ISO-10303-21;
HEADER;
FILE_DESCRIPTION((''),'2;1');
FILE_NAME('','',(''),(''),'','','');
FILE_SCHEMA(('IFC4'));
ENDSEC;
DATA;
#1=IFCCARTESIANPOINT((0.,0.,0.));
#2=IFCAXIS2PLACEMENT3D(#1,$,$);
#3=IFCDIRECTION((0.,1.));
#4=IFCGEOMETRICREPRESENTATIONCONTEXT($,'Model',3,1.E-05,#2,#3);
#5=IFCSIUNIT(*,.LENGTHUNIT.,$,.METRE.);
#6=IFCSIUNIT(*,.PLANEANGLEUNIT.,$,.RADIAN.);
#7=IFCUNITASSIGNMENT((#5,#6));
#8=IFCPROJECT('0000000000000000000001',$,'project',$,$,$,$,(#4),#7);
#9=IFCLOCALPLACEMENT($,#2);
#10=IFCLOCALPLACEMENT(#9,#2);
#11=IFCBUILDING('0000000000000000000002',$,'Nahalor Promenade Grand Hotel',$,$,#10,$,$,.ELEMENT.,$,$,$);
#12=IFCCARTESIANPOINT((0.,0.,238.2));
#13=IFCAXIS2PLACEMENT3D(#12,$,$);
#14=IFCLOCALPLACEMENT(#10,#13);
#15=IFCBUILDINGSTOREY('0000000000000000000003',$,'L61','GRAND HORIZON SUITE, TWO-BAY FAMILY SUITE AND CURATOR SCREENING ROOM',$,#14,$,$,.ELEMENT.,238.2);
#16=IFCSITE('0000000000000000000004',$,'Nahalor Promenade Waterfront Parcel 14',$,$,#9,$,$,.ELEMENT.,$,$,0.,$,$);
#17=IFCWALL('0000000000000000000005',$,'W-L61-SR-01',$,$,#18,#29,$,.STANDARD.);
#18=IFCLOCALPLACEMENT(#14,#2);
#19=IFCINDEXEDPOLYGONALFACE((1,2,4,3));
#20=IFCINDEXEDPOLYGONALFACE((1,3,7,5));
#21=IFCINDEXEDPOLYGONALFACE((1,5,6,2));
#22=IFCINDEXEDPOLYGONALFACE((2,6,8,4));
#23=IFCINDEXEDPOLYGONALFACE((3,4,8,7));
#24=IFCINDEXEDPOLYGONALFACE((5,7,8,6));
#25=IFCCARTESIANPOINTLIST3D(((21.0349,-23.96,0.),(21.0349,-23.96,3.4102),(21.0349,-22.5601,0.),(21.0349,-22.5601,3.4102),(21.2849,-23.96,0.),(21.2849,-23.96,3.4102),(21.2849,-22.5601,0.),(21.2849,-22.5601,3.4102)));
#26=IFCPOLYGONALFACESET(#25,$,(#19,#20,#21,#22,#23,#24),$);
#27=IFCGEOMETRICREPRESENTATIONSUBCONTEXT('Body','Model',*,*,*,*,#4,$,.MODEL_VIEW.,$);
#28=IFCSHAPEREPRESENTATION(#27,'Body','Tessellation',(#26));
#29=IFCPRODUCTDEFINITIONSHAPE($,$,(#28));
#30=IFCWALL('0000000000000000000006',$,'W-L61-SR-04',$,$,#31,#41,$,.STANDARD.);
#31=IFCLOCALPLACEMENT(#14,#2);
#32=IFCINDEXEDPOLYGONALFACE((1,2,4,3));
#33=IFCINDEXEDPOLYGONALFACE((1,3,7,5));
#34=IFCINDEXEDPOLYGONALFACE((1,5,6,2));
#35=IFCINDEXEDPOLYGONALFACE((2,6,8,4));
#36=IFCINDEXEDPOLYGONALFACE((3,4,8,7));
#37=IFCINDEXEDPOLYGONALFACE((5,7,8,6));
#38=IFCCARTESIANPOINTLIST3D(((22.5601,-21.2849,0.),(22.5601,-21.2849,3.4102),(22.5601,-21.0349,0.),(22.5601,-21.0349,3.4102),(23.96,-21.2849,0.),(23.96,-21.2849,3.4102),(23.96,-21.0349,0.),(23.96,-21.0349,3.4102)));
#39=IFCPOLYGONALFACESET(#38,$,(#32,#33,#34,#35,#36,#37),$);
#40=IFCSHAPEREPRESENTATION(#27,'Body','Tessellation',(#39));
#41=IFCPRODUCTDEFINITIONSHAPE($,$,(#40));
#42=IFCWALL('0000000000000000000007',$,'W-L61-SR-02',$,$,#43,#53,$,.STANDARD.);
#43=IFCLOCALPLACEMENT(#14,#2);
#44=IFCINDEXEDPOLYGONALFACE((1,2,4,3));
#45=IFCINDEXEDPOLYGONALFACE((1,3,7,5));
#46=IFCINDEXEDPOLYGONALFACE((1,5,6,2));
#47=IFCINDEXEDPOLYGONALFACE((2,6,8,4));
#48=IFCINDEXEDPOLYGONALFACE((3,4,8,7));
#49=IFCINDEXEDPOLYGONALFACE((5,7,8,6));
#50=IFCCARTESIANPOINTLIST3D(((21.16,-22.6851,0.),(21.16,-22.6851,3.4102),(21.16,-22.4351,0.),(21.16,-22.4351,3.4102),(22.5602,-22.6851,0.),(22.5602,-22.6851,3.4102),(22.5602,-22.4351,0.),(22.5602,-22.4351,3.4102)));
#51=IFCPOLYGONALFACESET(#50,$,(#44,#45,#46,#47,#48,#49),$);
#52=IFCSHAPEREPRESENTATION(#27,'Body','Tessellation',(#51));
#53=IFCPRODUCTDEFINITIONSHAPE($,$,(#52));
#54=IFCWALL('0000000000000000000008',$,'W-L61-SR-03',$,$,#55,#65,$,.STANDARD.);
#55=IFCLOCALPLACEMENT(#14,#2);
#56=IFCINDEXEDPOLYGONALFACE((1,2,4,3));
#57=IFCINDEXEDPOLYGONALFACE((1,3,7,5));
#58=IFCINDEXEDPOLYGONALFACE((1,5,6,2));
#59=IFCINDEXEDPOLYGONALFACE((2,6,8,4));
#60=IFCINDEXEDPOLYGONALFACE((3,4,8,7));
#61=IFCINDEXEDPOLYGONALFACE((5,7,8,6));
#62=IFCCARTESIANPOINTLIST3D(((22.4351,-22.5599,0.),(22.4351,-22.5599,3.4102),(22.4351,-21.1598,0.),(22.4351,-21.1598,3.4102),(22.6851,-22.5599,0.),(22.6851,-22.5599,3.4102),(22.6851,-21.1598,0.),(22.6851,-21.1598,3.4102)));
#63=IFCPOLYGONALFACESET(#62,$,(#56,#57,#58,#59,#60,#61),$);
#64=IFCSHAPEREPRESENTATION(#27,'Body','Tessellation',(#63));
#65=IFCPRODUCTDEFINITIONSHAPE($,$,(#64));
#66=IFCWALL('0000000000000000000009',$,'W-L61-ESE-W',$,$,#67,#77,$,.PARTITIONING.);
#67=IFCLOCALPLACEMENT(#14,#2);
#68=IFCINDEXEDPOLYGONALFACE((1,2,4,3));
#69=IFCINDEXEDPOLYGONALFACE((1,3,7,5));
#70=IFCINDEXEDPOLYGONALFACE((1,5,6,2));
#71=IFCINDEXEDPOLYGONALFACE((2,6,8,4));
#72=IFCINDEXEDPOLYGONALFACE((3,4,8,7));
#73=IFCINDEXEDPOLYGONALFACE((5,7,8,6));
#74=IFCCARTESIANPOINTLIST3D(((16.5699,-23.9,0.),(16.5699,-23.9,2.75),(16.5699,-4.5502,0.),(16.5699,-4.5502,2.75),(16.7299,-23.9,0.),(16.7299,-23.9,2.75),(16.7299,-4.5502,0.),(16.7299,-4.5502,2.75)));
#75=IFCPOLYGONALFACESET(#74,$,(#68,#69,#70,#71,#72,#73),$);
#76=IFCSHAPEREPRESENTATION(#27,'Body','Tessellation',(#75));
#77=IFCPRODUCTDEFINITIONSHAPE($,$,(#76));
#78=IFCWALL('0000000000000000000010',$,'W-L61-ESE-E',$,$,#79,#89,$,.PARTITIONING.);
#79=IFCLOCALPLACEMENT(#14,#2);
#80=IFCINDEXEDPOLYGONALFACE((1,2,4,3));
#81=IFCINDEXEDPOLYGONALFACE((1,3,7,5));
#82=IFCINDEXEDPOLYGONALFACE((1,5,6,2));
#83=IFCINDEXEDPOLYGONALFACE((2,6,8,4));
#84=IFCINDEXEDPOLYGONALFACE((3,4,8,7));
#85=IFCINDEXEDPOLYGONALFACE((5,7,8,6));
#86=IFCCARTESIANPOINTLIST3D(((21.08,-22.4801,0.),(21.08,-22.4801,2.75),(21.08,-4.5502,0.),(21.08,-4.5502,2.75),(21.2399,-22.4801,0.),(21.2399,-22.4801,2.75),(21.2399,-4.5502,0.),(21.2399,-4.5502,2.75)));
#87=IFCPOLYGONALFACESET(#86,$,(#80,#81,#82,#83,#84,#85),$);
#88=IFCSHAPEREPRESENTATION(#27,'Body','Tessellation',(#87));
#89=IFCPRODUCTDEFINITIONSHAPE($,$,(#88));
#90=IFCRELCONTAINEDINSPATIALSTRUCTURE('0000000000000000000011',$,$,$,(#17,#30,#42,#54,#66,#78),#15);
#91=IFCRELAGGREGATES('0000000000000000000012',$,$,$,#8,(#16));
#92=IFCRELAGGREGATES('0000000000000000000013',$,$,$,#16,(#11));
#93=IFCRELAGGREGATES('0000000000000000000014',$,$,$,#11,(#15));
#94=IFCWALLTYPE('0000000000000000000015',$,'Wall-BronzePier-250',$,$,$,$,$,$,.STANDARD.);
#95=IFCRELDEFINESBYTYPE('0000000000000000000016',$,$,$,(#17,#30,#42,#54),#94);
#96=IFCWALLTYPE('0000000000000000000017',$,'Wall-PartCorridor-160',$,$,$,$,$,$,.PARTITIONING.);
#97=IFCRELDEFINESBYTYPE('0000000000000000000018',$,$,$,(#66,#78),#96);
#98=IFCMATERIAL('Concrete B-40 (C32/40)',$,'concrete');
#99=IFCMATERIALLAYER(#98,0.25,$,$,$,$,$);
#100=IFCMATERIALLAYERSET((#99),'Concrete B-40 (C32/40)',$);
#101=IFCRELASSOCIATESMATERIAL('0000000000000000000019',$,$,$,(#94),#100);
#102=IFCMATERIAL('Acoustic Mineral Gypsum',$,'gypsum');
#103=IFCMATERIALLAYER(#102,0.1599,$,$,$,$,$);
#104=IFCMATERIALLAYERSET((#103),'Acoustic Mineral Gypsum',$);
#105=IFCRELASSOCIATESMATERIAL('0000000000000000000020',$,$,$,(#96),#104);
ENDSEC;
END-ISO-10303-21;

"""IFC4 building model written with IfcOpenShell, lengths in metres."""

from ifc_helpers import new_model, si_unit, direction, frame, frame_2d, origin, place, context, subcontext, project, spatial, rectangle, extrude, source, transform, mapped, material, layer, layer_set, type_object, element, save


model = new_model("IFC4")

# Units and contexts
model_context = context("Model", 3, precision=1e-05, world=origin(), true_north=direction((0.0, 1.0)))
body_context = subcontext(model_context, "Body", "Model", "MODEL_VIEW")
ifc_project = project(units=[si_unit("LENGTHUNIT", "METRE"), si_unit("PLANEANGLEUNIT", "RADIAN")], contexts=[model_context])

# Site, building, storey
site_placement = place(None, origin())
site = spatial("IfcSite", under=ifc_project, at=site_placement, Name="Nahalor Promenade Waterfront Parcel 14", CompositionType="ELEMENT", RefElevation=0.0)
building_placement = place(site_placement, origin())
building = spatial("IfcBuilding", under=site, at=building_placement, Name="Nahalor Promenade Grand Hotel", CompositionType="ELEMENT")
storey_placement = place(building_placement, frame((0.0, 0.0, 238.2)))
storey = spatial("IfcBuildingStorey", under=building, at=storey_placement, Name="L61", Description="GRAND HORIZON SUITE, TWO-BAY FAMILY SUITE AND CURATOR SCREENING ROOM", CompositionType="ELEMENT", Elevation=238.2)

# Walls
ifc_material_1 = material(Name="Concrete B-40 (C32/40)", Category="concrete")
ifc_layer_1 = layer(ifc_material_1, 0.25)
ifc_layer_set_1 = layer_set([ifc_layer_1], Name="Concrete B-40 (C32/40)")
wall_type_1 = type_object("IfcWallType", Name="Wall-BronzePier-250", PredefinedType="STANDARD", material=ifc_layer_set_1)
shared_shape_1 = source(origin(), body_context, "Body", "SweptSolid", [
    extrude(rectangle(XDim=1.3999, YDim=0.25, at=frame_2d((0.7, 0.0))), origin(), (0.0, 0.0, 1.0), 3.4102),
])
for number, where, z_axis, x_axis, name in (
    (1, (21.1599, -23.96, 0.0), (0.0, 0.0, 1.0), (0.0, 1.0, 0.0), "W-L61-SR-01"),
    (2, (22.5601, -21.1599, 0.0), (0.0, 0.0, 1.0), (1.0, 0.0, 0.0), "W-L61-SR-04"),
):
    element("IfcWall", number, at=place(storey_placement, frame(where, z_axis=z_axis, x_axis=x_axis)), inside=storey, type_object=wall_type_1, Name=name, PredefinedType="STANDARD", context=body_context, shape_type="MappedRepresentation", body=[
        mapped(shared_shape_1, transform((0.0, 0.0, 0.0), scale=1.0)),
    ])
shared_shape_2 = source(origin(), body_context, "Body", "SweptSolid", [
    extrude(rectangle(XDim=1.4001, YDim=0.25, at=frame_2d((0.7002, 0.0))), origin(), (0.0, 0.0, 1.0), 3.4102),
])
for number, where, z_axis, x_axis, name in (
    (3, (21.1599, -22.5601, 0.0), (0.0, 0.0, 1.0), (1.0, 0.0, 0.0), "W-L61-SR-02"),
    (4, (22.5601, -22.5601, 0.0), (0.0, 0.0, 1.0), (0.0, 1.0, 0.0), "W-L61-SR-03"),
):
    element("IfcWall", number, at=place(storey_placement, frame(where, z_axis=z_axis, x_axis=x_axis)), inside=storey, type_object=wall_type_1, Name=name, PredefinedType="STANDARD", context=body_context, shape_type="MappedRepresentation", body=[
        mapped(shared_shape_2, transform((0.0, 0.0, 0.0), scale=1.0)),
    ])
ifc_material_2 = material(Name="Acoustic Mineral Gypsum", Category="gypsum")
ifc_layer_2 = layer(ifc_material_2, 0.1599)
ifc_layer_set_2 = layer_set([ifc_layer_2], Name="Acoustic Mineral Gypsum")
wall_type_2 = type_object("IfcWallType", Name="Wall-PartCorridor-160", PredefinedType="PARTITIONING", material=ifc_layer_set_2)
shared_shape_3 = source(origin(), body_context, "Body", "SweptSolid", [
    extrude(rectangle(XDim=19.3499, YDim=0.1599, at=frame_2d((9.6748, 0.0))), origin(), (0.0, 0.0, 1.0), 2.75),
])
wall_1_placement = place(storey_placement, frame((16.6499, -23.8999, 0.0), z_axis=(0.0, 0.0, 1.0), x_axis=(0.0, 1.0, 0.0)))
element("IfcWall", 5, at=wall_1_placement, inside=storey, type_object=wall_type_2, Name="W-L61-ESE-W", PredefinedType="PARTITIONING", context=body_context, shape_type="MappedRepresentation", body=[
    mapped(shared_shape_3, transform((0.0, 0.0, 0.0), scale=1.0)),
])
shared_shape_4 = source(origin(), body_context, "Body", "SweptSolid", [
    extrude(rectangle(XDim=17.9299, YDim=0.1599, at=frame_2d((8.9648, 0.0))), origin(), (0.0, 0.0, 1.0), 2.75),
])
wall_2_placement = place(storey_placement, frame((21.1599, -22.48, 0.0), z_axis=(0.0, 0.0, 1.0), x_axis=(0.0, 1.0, 0.0)))
element("IfcWall", 6, at=wall_2_placement, inside=storey, type_object=wall_type_2, Name="W-L61-ESE-E", PredefinedType="PARTITIONING", context=body_context, shape_type="MappedRepresentation", body=[
    mapped(shared_shape_4, transform((0.0, 0.0, 0.0), scale=1.0)),
])

save(model, "model.ifc")
